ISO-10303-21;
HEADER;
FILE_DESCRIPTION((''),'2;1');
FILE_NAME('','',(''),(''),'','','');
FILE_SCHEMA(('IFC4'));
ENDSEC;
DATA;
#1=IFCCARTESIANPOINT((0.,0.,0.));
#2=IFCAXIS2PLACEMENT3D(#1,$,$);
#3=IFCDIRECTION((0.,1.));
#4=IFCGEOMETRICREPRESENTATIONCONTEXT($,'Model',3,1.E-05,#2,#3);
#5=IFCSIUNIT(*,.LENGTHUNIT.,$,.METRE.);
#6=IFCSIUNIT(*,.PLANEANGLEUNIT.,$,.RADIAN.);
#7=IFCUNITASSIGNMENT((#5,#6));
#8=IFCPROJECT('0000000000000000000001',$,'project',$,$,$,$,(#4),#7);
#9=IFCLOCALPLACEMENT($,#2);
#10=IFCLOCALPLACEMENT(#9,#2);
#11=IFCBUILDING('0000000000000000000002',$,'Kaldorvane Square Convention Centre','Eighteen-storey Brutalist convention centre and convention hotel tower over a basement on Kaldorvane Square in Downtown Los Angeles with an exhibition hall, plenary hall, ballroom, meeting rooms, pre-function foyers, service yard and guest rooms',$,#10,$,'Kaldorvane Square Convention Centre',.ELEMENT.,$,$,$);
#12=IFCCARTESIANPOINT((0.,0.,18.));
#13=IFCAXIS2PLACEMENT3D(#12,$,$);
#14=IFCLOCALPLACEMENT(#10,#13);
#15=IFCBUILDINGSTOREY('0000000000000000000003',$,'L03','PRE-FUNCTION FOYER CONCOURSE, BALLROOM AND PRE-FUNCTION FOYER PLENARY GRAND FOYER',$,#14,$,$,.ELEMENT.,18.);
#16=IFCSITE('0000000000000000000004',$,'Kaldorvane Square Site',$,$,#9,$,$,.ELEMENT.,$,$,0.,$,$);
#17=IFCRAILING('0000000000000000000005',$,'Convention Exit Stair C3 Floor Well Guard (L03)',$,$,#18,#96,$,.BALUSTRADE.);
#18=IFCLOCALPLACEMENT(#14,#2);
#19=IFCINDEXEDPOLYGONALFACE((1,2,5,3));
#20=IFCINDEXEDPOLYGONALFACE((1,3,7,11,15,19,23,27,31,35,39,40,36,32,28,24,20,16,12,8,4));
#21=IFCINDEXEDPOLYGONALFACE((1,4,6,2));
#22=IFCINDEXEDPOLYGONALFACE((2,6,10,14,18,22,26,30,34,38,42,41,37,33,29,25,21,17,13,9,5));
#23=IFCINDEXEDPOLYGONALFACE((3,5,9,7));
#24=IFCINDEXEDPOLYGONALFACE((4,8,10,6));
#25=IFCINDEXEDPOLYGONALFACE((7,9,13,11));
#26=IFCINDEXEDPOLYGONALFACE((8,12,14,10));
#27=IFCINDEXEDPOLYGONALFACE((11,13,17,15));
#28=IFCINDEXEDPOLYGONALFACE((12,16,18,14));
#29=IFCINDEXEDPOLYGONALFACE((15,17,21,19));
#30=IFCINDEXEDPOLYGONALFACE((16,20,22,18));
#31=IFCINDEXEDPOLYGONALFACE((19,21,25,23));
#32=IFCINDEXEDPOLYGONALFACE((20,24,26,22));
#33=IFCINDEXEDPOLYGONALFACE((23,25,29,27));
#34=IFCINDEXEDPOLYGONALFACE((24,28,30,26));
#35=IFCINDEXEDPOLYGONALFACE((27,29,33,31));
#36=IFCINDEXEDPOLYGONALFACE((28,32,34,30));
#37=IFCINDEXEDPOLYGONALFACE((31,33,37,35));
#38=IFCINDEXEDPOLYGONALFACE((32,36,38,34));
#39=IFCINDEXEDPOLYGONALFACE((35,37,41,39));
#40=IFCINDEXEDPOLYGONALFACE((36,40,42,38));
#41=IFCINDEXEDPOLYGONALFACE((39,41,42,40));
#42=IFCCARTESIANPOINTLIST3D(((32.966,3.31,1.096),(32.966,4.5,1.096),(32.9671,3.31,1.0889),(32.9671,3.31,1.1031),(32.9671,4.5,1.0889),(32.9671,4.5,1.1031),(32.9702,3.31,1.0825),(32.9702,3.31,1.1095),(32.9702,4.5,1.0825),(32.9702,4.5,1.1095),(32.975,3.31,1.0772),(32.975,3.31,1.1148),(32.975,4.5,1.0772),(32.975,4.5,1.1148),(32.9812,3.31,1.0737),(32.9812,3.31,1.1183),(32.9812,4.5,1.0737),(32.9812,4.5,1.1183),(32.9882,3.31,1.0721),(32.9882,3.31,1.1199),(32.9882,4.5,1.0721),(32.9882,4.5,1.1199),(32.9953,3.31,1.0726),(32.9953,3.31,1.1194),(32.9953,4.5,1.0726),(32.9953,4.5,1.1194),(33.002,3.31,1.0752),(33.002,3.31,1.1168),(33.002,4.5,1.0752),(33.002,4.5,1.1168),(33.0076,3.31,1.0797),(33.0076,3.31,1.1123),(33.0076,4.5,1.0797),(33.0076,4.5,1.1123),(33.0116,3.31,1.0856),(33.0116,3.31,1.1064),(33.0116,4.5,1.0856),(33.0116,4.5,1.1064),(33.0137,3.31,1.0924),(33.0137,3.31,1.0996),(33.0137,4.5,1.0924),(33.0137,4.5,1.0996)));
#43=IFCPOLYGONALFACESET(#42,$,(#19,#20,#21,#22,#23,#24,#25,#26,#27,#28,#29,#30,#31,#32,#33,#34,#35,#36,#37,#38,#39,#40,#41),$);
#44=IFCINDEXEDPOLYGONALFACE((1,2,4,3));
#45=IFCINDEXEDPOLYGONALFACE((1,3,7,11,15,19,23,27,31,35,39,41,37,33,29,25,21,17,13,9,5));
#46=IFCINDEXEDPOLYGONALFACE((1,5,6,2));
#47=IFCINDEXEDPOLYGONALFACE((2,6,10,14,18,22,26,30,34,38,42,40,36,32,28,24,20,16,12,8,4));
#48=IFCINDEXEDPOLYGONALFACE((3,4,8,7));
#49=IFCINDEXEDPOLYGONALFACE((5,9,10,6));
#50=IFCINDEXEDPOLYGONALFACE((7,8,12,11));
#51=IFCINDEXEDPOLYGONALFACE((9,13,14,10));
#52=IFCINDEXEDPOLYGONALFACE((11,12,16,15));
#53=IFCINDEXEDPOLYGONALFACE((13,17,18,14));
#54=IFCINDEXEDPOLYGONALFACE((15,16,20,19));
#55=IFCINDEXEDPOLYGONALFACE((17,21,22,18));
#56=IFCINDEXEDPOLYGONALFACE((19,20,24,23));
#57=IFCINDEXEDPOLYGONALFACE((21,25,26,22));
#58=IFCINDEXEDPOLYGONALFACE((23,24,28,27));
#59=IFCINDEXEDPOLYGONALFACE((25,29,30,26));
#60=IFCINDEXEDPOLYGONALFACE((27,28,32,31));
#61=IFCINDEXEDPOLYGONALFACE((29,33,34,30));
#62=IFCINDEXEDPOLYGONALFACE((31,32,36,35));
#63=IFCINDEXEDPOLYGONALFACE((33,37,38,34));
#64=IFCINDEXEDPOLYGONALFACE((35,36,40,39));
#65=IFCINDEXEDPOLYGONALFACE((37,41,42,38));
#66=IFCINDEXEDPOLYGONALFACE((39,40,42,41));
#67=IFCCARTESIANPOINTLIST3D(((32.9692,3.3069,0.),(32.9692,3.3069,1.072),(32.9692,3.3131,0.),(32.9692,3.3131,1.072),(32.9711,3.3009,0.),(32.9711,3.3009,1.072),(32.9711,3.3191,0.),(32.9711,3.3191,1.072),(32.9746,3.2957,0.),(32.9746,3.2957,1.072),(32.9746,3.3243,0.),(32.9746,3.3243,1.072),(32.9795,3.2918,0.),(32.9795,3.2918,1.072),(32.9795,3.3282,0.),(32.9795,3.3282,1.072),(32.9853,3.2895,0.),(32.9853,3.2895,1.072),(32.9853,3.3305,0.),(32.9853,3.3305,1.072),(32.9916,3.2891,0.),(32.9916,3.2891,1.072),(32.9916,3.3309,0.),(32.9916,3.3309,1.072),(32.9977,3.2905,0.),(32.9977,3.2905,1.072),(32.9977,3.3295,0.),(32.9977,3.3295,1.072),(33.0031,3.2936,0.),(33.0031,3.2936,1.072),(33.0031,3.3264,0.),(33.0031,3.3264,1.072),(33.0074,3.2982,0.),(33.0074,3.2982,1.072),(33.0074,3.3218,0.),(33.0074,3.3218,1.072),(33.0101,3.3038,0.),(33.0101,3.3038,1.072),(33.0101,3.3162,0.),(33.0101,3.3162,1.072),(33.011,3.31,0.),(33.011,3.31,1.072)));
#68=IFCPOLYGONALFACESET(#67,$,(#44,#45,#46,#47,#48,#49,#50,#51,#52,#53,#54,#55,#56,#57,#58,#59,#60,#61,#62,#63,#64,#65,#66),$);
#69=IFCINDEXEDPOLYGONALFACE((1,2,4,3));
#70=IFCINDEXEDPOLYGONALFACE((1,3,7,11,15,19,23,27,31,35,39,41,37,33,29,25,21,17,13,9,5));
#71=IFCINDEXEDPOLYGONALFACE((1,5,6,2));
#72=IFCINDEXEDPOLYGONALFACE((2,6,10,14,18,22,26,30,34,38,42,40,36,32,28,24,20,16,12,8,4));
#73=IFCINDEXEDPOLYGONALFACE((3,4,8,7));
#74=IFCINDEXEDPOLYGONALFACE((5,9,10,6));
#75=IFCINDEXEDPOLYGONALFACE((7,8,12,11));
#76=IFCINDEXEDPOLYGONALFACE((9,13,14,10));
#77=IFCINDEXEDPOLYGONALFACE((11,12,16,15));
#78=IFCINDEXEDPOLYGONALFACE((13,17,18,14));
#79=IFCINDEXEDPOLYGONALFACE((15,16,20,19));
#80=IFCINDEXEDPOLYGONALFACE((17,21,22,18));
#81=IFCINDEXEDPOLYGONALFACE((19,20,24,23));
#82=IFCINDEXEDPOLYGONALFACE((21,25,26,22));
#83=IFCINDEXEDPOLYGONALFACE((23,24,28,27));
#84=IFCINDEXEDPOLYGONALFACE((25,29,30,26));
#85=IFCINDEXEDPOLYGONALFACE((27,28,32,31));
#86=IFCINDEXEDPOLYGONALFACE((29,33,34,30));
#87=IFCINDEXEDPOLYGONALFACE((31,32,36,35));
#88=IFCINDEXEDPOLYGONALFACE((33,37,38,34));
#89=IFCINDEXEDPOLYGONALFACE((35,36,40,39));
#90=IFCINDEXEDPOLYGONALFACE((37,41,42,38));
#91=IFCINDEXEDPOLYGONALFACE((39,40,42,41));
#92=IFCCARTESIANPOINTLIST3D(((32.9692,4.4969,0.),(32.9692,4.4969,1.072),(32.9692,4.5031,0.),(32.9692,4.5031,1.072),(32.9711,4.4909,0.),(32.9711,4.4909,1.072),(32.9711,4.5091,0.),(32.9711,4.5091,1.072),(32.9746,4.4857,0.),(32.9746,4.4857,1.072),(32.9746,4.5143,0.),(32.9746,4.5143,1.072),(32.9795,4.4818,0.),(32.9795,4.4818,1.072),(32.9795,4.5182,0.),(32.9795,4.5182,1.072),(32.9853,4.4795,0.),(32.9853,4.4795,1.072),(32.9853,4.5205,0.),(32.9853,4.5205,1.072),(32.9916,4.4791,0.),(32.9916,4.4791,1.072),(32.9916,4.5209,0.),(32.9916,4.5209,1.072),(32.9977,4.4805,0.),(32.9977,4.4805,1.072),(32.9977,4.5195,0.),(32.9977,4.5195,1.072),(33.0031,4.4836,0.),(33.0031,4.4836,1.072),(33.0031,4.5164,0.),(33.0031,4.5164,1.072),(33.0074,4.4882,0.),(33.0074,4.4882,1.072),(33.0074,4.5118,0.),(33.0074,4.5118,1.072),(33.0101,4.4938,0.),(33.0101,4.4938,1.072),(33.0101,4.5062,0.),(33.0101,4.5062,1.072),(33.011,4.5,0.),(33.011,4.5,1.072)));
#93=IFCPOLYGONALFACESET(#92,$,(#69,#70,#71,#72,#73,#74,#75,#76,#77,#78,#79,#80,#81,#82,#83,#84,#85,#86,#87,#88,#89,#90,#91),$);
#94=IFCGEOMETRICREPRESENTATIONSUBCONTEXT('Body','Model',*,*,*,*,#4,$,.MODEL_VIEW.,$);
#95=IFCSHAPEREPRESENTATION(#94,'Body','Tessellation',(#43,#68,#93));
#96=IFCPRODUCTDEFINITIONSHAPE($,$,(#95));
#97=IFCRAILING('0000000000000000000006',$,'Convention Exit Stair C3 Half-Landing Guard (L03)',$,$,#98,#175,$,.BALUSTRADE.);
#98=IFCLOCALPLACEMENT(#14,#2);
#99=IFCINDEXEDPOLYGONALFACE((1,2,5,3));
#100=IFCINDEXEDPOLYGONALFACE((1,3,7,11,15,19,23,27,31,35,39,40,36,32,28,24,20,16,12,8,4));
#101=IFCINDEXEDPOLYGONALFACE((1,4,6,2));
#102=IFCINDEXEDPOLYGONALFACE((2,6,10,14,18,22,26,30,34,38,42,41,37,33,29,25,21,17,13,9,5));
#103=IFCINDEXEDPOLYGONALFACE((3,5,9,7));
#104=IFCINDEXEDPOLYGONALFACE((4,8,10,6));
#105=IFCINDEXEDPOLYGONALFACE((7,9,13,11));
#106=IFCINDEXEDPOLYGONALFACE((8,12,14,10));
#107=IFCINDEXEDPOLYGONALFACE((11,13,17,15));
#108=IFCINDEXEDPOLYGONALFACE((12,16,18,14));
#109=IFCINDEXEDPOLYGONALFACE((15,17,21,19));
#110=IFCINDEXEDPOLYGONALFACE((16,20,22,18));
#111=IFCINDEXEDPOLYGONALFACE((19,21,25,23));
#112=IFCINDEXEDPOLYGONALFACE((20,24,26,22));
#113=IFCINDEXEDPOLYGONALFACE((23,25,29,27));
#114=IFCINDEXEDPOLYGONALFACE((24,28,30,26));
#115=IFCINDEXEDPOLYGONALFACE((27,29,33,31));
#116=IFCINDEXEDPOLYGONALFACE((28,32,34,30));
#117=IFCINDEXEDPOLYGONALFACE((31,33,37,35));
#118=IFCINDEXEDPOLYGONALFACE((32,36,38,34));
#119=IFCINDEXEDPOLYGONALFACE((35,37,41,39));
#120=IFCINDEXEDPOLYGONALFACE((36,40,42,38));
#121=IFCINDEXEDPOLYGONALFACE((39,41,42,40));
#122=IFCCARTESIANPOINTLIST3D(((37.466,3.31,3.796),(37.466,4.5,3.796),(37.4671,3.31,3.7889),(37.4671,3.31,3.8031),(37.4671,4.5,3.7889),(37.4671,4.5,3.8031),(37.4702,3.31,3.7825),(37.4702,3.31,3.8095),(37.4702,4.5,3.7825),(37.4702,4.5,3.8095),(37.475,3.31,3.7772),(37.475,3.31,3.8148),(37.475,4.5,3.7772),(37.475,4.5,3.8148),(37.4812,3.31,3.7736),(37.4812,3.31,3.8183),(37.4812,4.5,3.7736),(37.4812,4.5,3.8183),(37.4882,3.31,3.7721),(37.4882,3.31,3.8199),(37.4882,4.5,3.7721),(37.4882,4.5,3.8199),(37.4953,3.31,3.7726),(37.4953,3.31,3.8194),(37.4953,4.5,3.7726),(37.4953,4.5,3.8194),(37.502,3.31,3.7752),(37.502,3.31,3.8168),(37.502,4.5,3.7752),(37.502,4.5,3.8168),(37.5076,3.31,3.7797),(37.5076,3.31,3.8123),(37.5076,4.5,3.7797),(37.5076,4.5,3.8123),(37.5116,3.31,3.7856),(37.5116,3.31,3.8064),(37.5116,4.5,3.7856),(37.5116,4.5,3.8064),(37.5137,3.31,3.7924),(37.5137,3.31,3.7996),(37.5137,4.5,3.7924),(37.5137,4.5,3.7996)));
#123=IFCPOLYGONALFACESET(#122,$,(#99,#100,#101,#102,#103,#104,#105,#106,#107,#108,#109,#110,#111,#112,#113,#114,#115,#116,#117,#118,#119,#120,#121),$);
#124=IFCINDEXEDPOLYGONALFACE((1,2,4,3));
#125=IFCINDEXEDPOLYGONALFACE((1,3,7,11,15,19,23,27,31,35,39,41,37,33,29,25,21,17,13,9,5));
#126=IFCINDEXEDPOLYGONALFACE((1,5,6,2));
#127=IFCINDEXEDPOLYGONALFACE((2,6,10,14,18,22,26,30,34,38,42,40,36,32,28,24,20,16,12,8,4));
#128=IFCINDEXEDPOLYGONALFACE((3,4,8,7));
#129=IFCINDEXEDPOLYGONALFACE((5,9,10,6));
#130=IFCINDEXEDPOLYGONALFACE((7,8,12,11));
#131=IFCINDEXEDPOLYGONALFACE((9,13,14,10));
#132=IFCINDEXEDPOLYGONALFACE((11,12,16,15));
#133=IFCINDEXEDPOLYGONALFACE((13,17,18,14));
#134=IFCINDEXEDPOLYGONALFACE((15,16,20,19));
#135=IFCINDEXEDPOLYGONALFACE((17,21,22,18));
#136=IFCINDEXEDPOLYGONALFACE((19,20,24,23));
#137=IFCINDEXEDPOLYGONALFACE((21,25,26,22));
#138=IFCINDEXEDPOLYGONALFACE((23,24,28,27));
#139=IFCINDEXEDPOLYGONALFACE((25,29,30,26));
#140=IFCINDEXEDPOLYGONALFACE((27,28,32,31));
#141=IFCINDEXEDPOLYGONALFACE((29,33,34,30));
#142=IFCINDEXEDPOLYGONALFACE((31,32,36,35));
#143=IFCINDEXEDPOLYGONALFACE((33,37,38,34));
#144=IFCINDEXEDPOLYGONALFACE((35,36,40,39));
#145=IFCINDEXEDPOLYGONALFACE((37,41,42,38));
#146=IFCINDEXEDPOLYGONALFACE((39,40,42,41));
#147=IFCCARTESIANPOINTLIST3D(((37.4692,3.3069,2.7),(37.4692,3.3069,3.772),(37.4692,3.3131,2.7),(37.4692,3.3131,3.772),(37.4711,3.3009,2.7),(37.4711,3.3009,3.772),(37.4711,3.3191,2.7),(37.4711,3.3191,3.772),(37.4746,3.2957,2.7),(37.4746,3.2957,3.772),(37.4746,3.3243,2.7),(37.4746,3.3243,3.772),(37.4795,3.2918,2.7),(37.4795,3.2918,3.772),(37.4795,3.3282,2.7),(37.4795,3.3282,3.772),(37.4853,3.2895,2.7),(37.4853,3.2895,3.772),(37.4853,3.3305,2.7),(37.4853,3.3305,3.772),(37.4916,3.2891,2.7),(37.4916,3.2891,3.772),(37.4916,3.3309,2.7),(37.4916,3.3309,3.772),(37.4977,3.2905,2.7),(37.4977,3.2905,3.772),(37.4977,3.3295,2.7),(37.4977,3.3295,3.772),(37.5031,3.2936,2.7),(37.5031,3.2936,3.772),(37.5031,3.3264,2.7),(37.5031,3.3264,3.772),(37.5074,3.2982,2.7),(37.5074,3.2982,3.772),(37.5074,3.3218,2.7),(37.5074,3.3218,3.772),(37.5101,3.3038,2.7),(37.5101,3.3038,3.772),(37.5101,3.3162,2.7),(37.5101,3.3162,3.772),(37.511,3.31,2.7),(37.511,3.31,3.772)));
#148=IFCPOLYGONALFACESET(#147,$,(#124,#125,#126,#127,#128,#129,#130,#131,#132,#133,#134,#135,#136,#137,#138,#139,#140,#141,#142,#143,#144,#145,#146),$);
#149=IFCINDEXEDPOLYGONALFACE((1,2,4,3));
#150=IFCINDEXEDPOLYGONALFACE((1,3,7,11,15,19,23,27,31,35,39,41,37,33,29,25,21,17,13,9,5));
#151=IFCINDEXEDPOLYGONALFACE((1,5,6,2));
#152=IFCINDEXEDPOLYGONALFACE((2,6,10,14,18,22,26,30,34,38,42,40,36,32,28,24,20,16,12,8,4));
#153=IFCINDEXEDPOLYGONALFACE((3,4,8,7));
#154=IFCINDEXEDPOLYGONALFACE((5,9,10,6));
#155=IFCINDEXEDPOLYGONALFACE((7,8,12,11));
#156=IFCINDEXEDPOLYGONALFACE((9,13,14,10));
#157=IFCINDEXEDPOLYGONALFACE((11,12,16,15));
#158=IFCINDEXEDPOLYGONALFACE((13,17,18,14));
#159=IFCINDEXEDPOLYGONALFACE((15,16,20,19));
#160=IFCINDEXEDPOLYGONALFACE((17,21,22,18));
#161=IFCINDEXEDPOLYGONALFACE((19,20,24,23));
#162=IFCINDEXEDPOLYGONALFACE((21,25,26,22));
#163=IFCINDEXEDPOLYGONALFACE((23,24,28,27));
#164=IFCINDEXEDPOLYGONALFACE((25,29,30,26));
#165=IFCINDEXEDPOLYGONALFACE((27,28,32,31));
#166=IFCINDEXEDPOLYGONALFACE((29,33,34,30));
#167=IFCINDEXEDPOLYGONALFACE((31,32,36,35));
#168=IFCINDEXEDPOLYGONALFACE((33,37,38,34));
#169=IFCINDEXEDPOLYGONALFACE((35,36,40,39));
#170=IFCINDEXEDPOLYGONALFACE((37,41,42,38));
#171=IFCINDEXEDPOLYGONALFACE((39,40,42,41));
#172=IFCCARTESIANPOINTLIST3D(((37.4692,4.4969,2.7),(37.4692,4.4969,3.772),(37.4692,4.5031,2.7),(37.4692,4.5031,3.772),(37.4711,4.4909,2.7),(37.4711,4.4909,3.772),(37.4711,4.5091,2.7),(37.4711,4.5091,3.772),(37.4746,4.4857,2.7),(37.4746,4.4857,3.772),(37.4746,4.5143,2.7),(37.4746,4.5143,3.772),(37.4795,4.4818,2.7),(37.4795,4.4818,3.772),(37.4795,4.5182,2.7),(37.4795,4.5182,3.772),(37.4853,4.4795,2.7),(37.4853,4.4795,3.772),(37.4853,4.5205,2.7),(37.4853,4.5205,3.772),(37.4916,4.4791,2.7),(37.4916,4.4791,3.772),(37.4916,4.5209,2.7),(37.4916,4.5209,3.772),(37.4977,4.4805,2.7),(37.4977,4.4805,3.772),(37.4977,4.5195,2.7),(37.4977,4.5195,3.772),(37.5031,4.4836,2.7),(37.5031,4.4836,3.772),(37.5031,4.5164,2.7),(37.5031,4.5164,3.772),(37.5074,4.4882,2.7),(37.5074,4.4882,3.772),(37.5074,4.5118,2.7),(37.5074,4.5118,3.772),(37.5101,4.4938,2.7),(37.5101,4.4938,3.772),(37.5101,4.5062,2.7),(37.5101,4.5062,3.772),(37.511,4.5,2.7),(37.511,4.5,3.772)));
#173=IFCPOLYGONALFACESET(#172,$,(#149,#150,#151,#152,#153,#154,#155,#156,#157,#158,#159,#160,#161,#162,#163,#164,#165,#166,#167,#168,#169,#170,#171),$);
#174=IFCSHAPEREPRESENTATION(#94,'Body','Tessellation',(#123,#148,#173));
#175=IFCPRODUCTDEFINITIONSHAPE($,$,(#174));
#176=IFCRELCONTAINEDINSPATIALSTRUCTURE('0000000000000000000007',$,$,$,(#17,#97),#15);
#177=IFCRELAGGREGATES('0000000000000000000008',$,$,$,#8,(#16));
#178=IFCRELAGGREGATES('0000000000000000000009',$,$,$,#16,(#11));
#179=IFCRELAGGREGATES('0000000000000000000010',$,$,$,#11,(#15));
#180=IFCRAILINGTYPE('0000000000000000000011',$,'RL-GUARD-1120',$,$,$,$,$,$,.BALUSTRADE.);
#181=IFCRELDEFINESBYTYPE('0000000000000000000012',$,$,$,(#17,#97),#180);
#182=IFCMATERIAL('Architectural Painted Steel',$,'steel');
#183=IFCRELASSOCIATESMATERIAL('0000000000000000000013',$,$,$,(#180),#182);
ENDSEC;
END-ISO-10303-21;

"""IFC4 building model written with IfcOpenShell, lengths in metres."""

from ifc_helpers import new_model, si_unit, direction, frame, origin, origin_2d, place, context, subcontext, project, spatial, circle, extrude, material, type_object, element, save


model = new_model("IFC4")

# Units and contexts
model_context = context("Model", 3, precision=1e-05, world=origin(), true_north=direction((0.0, 1.0)))
body_context = subcontext(model_context, "Body", "Model", "MODEL_VIEW")
ifc_project = project(units=[si_unit("LENGTHUNIT", "METRE"), si_unit("PLANEANGLEUNIT", "RADIAN")], contexts=[model_context])

# Site, building, storey
site_placement = place(None, origin())
site = spatial("IfcSite", under=ifc_project, at=site_placement, Name="Kaldorvane Square Site", CompositionType="ELEMENT", RefElevation=0.0)
building_placement = place(site_placement, origin())
building = spatial("IfcBuilding", under=site, at=building_placement, Name="Kaldorvane Square Convention Centre", Description="Eighteen-storey Brutalist convention centre and convention hotel tower over a basement on Kaldorvane Square in Downtown Los Angeles with an exhibition hall, plenary hall, ballroom, meeting rooms, pre-function foyers, service yard and guest rooms", LongName="Kaldorvane Square Convention Centre", CompositionType="ELEMENT")
storey_placement = place(building_placement, frame((0.0, 0.0, 18.0)))
storey = spatial("IfcBuildingStorey", under=building, at=storey_placement, Name="L03", Description="PRE-FUNCTION FOYER CONCOURSE, BALLROOM AND PRE-FUNCTION FOYER PLENARY GRAND FOYER", CompositionType="ELEMENT", Elevation=18.0)

# Railings
ifc_material_1 = material(Name="Architectural Painted Steel", Category="steel")
railing_type_1 = type_object("IfcRailingType", Name="RL-GUARD-1120", PredefinedType="BALUSTRADE", material=ifc_material_1)
for number, where, name in (
    (1, (32.99, 3.31, 0.0), "Convention Exit Stair C3 Floor Well Guard (L03)"),
    (2, (37.49, 3.31, 2.7), "Convention Exit Stair C3 Half-Landing Guard (L03)"),
):
    element("IfcRailing", number, at=place(storey_placement, frame(where)), inside=storey, type_object=railing_type_1, Name=name, PredefinedType="BALUSTRADE", context=body_context, shape_type="SweptSolid", body=[
        extrude(circle(Radius=0.024, at=origin_2d()), frame((0.0, 0.0, 1.096), z_axis=(0.0, 1.0, 0.0), x_axis=(-1.0, 0.0, 0.0)), (0.0, 0.0, 1.0), 1.19),
        extrude(circle(Radius=0.021, at=origin_2d()), origin(), (0.0, 0.0, 1.0), 1.072),
        extrude(circle(Radius=0.021, at=origin_2d()), frame((0.0, 1.19, 0.0)), (0.0, 0.0, 1.0), 1.072),
    ])

save(model, "model.ifc")
